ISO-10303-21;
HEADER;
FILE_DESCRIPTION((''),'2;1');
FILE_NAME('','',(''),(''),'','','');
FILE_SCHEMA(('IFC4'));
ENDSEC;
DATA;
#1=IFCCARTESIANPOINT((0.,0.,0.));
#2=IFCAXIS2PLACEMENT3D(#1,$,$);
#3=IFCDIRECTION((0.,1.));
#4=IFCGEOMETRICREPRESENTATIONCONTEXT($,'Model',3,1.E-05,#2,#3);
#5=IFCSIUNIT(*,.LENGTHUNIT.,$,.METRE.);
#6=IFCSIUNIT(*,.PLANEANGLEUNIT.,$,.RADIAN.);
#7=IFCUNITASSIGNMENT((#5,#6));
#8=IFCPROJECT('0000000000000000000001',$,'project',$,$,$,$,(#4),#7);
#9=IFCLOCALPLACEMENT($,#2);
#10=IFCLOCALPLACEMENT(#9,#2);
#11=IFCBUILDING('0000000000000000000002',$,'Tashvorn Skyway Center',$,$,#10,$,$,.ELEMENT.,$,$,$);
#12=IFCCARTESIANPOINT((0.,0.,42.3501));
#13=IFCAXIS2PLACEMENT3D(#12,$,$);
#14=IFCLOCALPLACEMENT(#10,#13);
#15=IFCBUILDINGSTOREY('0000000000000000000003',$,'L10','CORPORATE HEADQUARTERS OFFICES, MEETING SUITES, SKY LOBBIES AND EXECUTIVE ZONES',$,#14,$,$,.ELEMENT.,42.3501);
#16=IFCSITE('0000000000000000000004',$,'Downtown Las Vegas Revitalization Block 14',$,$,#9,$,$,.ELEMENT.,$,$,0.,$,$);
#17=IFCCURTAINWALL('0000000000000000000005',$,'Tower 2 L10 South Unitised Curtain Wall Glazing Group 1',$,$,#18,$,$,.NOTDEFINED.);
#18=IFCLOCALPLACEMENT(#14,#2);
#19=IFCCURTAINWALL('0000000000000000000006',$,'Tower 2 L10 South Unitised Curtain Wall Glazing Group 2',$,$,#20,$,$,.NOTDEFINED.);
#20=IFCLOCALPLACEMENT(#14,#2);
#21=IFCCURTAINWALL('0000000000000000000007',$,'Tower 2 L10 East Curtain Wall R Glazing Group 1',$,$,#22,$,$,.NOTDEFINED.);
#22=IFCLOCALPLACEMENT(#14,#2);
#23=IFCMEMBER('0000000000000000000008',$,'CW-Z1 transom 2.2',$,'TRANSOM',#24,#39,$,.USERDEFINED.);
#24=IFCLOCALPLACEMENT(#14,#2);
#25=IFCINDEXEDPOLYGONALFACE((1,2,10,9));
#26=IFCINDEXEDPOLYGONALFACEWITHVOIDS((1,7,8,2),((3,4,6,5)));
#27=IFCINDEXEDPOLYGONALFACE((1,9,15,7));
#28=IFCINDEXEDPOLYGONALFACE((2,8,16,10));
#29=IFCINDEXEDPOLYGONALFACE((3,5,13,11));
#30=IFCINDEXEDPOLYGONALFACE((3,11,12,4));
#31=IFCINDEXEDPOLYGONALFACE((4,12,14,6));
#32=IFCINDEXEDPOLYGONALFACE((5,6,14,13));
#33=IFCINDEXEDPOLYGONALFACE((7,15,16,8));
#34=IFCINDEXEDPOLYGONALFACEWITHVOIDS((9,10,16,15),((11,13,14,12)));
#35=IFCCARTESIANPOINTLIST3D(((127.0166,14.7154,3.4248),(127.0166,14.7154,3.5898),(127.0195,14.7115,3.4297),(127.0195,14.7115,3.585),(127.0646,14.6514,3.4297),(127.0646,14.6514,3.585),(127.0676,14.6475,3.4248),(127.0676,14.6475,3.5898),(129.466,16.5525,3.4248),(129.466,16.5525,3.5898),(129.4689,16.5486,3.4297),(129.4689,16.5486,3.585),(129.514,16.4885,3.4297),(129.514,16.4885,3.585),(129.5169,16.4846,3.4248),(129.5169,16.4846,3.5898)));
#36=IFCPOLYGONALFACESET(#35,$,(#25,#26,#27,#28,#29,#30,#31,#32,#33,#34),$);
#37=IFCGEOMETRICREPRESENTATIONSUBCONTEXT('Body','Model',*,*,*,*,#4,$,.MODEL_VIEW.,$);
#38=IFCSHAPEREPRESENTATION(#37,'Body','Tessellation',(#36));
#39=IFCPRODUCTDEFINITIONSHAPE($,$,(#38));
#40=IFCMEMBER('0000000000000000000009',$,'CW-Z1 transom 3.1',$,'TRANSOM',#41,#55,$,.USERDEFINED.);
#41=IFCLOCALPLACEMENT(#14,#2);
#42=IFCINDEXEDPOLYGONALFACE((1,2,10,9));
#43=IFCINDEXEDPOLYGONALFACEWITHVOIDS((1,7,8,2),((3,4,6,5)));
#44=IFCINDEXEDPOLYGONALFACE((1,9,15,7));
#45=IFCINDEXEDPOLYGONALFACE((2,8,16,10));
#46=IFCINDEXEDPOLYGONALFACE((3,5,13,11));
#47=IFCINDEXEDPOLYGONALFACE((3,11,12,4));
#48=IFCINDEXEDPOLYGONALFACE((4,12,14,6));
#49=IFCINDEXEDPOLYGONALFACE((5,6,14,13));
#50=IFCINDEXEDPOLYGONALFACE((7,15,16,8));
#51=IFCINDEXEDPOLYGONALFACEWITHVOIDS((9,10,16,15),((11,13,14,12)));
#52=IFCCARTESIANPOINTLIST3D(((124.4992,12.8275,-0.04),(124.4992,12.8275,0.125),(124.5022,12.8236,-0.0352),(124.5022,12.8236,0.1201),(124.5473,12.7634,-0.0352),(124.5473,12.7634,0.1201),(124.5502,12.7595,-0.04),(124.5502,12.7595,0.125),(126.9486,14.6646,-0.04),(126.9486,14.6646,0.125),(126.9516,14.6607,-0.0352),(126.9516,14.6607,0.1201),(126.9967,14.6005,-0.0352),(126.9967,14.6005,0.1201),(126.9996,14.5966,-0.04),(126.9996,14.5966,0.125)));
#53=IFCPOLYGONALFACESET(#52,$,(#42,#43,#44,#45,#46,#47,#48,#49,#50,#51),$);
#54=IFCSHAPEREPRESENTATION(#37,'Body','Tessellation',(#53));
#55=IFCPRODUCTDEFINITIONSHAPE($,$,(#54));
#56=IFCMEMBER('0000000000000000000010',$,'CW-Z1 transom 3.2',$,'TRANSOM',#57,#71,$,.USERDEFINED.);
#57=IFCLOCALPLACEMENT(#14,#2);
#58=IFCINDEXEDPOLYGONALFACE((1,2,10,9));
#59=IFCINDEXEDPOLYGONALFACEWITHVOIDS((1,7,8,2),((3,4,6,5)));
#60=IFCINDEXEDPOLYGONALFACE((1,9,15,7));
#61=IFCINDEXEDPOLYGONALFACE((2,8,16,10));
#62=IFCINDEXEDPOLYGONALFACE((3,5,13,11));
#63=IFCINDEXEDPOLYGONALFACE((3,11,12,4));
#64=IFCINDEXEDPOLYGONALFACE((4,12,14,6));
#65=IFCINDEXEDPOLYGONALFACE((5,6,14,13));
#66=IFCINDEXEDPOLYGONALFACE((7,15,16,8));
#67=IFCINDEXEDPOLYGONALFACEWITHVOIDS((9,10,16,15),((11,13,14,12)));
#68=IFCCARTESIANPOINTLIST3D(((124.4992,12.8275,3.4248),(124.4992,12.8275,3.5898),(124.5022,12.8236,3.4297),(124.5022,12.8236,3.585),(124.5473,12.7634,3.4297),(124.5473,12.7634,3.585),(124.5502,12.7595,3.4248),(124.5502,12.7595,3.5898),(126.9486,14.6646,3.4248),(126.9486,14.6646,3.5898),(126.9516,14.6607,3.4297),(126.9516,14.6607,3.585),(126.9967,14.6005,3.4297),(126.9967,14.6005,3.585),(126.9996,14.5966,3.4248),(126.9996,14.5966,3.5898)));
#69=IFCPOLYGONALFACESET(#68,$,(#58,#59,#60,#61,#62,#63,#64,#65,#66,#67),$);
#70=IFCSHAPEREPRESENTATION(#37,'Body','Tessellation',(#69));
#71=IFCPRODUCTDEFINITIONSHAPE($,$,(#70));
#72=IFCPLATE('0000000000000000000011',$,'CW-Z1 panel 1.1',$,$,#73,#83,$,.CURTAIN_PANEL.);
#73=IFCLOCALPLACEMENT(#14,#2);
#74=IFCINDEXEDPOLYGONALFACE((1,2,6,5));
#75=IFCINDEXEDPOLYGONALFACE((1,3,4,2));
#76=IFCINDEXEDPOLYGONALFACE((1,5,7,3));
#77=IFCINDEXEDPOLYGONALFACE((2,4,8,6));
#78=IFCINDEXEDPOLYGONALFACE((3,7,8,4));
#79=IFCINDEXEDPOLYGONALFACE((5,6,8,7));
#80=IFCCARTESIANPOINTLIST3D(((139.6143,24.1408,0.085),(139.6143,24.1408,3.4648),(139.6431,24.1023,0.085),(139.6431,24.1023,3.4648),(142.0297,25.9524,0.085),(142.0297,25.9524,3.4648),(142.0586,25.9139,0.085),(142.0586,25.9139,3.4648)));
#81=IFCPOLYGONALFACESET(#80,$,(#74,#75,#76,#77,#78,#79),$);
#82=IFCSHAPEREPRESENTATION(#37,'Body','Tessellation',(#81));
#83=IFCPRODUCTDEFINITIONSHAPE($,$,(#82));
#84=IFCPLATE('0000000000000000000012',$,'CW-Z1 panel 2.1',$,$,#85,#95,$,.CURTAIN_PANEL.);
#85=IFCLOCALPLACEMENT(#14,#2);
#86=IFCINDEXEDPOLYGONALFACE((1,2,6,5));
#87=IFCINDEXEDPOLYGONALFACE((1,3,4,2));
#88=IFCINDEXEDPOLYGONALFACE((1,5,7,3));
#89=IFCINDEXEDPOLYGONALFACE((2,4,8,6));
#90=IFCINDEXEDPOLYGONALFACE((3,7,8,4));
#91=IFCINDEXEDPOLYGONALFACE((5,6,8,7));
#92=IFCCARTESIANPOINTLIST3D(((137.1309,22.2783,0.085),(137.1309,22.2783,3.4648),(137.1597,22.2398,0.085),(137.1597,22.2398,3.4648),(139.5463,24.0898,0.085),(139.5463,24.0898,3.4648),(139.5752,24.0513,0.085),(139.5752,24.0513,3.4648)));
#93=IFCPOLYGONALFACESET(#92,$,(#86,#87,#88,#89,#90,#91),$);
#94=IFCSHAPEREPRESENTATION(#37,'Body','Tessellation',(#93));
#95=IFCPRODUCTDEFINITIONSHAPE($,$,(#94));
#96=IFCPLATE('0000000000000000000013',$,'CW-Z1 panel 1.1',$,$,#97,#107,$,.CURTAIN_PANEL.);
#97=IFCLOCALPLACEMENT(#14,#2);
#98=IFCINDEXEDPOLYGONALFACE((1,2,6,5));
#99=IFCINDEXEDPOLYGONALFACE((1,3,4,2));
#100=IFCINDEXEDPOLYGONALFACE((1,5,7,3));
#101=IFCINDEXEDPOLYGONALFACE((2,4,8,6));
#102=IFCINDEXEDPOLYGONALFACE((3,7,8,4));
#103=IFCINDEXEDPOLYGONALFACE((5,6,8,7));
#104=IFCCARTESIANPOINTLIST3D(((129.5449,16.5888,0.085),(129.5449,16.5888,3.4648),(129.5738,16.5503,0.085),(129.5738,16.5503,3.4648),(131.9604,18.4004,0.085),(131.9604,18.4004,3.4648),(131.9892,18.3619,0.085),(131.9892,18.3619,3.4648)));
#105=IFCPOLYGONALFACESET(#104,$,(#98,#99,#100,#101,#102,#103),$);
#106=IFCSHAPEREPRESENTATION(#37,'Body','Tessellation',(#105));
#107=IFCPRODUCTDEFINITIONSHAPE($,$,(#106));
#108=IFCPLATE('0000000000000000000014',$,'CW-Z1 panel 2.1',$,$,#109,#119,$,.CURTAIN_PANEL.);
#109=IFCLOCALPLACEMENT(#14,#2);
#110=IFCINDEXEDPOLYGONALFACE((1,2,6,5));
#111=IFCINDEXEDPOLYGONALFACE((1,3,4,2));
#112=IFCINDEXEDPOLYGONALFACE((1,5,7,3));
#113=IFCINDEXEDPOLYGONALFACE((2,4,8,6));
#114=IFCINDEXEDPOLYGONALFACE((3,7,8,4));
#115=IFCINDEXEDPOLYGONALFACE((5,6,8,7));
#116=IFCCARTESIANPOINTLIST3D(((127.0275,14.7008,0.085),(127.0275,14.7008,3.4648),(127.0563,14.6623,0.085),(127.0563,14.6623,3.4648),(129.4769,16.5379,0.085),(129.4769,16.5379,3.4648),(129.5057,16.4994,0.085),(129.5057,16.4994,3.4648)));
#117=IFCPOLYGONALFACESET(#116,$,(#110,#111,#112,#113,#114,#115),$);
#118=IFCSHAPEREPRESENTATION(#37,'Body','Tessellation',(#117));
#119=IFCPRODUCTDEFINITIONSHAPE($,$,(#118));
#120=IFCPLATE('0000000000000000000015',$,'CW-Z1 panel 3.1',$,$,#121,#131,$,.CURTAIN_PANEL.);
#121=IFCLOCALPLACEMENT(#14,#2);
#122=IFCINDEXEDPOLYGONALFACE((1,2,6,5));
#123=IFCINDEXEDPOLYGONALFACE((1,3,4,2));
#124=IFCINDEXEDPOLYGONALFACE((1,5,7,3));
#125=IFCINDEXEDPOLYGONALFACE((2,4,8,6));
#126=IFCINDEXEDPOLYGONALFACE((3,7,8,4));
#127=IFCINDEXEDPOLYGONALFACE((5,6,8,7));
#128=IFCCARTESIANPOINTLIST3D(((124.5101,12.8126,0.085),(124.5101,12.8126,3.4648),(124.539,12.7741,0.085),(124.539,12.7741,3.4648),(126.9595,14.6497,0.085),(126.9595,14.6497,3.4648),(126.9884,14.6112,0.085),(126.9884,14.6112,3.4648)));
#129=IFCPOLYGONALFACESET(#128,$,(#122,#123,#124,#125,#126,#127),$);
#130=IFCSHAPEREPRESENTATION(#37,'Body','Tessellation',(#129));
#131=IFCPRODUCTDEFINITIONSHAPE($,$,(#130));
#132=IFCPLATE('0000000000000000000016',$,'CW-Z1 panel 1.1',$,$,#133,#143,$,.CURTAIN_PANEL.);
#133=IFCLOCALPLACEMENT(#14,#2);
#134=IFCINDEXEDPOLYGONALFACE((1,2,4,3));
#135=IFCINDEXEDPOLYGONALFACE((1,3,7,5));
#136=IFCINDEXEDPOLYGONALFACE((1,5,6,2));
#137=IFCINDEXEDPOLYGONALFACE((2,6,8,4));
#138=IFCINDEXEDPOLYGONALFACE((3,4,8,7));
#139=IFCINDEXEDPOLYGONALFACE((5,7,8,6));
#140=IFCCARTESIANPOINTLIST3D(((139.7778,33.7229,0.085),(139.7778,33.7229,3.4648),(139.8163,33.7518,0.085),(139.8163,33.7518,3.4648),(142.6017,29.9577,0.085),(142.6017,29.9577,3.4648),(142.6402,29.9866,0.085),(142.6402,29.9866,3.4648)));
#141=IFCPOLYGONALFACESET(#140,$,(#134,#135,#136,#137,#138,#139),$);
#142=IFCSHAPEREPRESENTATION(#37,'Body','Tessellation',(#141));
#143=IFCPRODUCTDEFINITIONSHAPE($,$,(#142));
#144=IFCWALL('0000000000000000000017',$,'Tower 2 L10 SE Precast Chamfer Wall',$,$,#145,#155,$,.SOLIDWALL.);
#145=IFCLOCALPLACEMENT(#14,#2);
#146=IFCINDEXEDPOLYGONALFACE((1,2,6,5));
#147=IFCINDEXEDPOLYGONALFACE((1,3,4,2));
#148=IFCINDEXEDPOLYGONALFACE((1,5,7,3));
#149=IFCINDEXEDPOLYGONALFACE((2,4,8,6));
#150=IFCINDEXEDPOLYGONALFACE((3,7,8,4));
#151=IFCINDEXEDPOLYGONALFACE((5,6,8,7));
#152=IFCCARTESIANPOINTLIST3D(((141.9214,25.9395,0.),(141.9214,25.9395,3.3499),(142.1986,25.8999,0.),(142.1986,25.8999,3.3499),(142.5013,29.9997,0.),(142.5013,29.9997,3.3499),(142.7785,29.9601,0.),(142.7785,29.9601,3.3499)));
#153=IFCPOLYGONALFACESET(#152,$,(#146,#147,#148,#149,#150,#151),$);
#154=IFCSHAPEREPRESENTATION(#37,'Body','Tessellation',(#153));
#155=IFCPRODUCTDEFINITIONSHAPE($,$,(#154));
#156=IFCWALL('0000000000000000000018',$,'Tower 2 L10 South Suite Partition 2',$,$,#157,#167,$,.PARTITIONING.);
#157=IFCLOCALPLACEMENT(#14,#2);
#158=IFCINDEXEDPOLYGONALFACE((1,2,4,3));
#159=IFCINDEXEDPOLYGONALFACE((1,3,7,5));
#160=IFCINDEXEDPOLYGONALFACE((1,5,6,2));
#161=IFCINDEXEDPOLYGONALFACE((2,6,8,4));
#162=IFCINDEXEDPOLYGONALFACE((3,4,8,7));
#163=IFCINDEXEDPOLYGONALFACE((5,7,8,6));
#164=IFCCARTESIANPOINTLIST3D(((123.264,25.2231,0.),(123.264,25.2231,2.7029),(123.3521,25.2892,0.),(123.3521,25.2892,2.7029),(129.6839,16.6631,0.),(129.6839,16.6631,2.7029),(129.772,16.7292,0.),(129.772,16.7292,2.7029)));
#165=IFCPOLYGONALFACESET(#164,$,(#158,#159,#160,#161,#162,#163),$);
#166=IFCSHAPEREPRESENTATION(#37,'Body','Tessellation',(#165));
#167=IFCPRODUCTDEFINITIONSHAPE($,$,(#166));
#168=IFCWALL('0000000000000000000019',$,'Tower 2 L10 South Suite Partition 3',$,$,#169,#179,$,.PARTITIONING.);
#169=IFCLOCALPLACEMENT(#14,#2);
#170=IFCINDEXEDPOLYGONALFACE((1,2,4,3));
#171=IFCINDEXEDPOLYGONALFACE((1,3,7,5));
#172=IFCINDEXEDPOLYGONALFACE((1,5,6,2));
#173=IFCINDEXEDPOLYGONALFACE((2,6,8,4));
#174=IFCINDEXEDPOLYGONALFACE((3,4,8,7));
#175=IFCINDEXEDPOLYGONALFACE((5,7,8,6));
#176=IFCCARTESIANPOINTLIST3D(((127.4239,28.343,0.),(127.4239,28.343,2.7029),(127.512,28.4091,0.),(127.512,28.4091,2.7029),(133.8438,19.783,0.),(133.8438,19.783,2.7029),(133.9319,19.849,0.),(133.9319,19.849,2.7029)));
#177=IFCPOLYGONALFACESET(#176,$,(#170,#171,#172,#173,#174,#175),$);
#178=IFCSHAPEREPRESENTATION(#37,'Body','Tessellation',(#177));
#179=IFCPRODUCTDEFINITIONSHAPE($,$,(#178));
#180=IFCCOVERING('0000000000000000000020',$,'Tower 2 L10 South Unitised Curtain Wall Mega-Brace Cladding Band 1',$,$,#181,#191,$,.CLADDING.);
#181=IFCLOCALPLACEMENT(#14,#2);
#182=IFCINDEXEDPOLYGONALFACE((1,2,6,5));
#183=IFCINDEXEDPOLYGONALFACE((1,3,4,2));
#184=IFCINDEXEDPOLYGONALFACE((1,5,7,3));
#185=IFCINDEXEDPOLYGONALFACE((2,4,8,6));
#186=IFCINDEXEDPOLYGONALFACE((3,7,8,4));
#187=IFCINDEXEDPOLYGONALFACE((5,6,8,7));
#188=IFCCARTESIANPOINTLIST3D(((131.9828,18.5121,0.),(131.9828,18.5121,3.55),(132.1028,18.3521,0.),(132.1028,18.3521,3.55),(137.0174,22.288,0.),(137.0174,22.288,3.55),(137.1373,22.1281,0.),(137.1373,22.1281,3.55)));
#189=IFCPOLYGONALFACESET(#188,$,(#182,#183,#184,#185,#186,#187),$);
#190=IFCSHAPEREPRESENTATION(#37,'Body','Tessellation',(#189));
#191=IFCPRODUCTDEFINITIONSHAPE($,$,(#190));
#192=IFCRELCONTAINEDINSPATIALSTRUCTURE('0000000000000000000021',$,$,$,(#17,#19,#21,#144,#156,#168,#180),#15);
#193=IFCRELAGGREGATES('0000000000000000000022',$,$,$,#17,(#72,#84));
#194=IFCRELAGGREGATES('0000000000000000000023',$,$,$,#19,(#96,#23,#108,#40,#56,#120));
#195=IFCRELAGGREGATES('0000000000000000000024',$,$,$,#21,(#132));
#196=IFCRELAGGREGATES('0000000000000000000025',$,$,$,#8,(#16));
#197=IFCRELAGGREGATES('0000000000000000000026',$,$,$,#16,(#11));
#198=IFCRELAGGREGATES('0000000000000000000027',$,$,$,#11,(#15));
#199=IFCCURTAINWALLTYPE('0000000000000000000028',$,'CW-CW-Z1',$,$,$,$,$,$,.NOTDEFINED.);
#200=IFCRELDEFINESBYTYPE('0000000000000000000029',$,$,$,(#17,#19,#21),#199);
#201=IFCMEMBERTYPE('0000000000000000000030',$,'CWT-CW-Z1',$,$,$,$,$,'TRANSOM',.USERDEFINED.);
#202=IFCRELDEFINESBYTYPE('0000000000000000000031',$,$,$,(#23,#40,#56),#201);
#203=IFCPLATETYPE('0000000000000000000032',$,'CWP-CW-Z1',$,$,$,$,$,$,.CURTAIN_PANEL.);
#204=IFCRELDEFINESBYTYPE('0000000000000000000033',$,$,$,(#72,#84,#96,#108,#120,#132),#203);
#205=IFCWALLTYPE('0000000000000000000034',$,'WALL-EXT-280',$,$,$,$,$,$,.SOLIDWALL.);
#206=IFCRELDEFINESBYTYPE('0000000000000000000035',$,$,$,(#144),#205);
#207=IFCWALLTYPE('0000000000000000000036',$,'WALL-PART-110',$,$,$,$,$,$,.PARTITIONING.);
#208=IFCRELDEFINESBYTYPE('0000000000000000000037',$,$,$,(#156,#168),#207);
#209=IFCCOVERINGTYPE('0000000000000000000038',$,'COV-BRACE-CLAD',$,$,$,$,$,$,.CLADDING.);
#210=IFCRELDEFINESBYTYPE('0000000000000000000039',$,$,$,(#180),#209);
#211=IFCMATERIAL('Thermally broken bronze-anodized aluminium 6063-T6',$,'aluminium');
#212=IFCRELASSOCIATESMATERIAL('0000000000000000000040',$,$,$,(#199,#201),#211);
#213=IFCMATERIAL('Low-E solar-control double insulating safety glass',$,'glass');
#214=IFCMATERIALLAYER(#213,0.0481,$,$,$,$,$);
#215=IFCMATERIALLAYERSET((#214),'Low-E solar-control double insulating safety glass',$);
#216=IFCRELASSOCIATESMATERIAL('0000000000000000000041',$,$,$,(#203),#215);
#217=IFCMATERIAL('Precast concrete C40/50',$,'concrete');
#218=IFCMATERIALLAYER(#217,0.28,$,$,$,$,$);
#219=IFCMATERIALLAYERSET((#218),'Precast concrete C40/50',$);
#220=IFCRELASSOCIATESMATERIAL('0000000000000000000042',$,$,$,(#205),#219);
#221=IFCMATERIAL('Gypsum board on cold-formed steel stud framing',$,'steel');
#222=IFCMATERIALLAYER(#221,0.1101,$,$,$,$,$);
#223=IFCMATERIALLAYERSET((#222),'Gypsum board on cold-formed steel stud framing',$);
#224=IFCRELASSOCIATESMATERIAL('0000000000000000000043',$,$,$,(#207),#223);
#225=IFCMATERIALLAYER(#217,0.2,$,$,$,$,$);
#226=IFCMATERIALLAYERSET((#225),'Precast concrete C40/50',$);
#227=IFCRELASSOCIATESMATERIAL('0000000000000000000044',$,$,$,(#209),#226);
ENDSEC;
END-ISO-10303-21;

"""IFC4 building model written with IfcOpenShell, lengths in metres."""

from ifc_helpers import new_model, si_unit, direction, frame, frame_2d, origin, origin_2d, place, context, subcontext, project, spatial, rectangle, hollow_rectangle, extrude, material, layer, layer_set, material_profile, profile_set, type_object, element, aggregate, save


model = new_model("IFC4")

# Units and contexts
model_context = context("Model", 3, precision=1e-05, world=origin(), true_north=direction((0.0, 1.0)))
body_context = subcontext(model_context, "Body", "Model", "MODEL_VIEW")
ifc_project = project(units=[si_unit("LENGTHUNIT", "METRE"), si_unit("PLANEANGLEUNIT", "RADIAN")], contexts=[model_context])

# Site, building, storey
site_placement = place(None, origin())
site = spatial("IfcSite", under=ifc_project, at=site_placement, Name="Downtown Las Vegas Revitalization Block 14", CompositionType="ELEMENT", RefElevation=0.0)
building_placement = place(site_placement, origin())
building = spatial("IfcBuilding", under=site, at=building_placement, Name="Tashvorn Skyway Center", CompositionType="ELEMENT")
storey_placement = place(building_placement, frame((0.0, 0.0, 42.3501)))
storey = spatial("IfcBuildingStorey", under=building, at=storey_placement, Name="L10", Description="CORPORATE HEADQUARTERS OFFICES, MEETING SUITES, SKY LOBBIES AND EXECUTIVE ZONES", CompositionType="ELEMENT", Elevation=42.3501)

# Curtain walls
ifc_material_1 = material(Name="Thermally broken bronze-anodized aluminium 6063-T6", Category="aluminium")
curtain_wall_type = type_object("IfcCurtainWallType", Name="CW-CW-Z1", PredefinedType="NOTDEFINED", material=ifc_material_1)
curtain_wall_1_placement = place(storey_placement, origin())
curtain_wall_1 = element("IfcCurtainWall", 1, at=curtain_wall_1_placement, inside=storey, type_object=curtain_wall_type, Name="Tower 2 L10 South Unitised Curtain Wall Glazing Group 1", PredefinedType="NOTDEFINED")
curtain_wall_2_placement = place(storey_placement, origin())
curtain_wall_2 = element("IfcCurtainWall", 2, at=curtain_wall_2_placement, inside=storey, type_object=curtain_wall_type, Name="Tower 2 L10 South Unitised Curtain Wall Glazing Group 2", PredefinedType="NOTDEFINED")

# Curtain wall
curtain_wall_3_placement = place(storey_placement, origin())
curtain_wall_3 = element("IfcCurtainWall", 3, at=curtain_wall_3_placement, inside=storey, type_object=curtain_wall_type, Name="Tower 2 L10 East Curtain Wall R Glazing Group 1", PredefinedType="NOTDEFINED")

# Members
ifc_material_profile_1 = material_profile(ifc_material_1, hollow_rectangle(XDim=0.085, YDim=0.165, WallThickness=0.0049, at=origin_2d()), Name="ALU-TRAN-85x165")
ifc_profile_set_1 = profile_set([ifc_material_profile_1], Name="Thermally broken bronze-anodized aluminium 6063-T6")
member_type_1 = type_object("IfcMemberType", Name="CWT-CW-Z1", ElementType="TRANSOM", PredefinedType="USERDEFINED", material=ifc_profile_set_1)
member_1_placement = place(storey_placement, frame((129.4915, 16.5186, 3.5073), z_axis=(-0.79999, -0.600013, 0.0), x_axis=(0.600013, -0.79999, 0.0)))
member_1 = element("IfcMember", 4, at=member_1_placement, type_object=member_type_1, Name="CW-Z1 transom 2.2", ObjectType="TRANSOM", PredefinedType="USERDEFINED", context=body_context, shape_type="SweptSolid", body=[
    extrude(hollow_rectangle(XDim=0.085, YDim=0.165, WallThickness=0.0049, at=origin_2d()), origin(), (0.0, 0.0, 1.0), 3.0618),
])
member_2_placement = place(storey_placement, frame((126.9741, 14.6306, 0.0425), z_axis=(-0.79999, -0.600013, 0.0), x_axis=(0.600013, -0.79999, 0.0)))
member_2 = element("IfcMember", 5, at=member_2_placement, type_object=member_type_1, Name="CW-Z1 transom 3.1", ObjectType="TRANSOM", PredefinedType="USERDEFINED", context=body_context, shape_type="SweptSolid", body=[
    extrude(hollow_rectangle(XDim=0.085, YDim=0.165, WallThickness=0.0049, at=origin_2d()), origin(), (0.0, 0.0, 1.0), 3.0618),
])
member_3_placement = place(storey_placement, frame((126.9741, 14.6306, 3.5073), z_axis=(-0.79999, -0.600013, 0.0), x_axis=(0.600013, -0.79999, 0.0)))
member_3 = element("IfcMember", 6, at=member_3_placement, type_object=member_type_1, Name="CW-Z1 transom 3.2", ObjectType="TRANSOM", PredefinedType="USERDEFINED", context=body_context, shape_type="SweptSolid", body=[
    extrude(hollow_rectangle(XDim=0.085, YDim=0.165, WallThickness=0.0049, at=origin_2d()), origin(), (0.0, 0.0, 1.0), 3.0618),
])

# Plates
ifc_material_2 = material(Name="Low-E solar-control double insulating safety glass", Category="glass")
ifc_layer_1 = layer(ifc_material_2, 0.0481)
ifc_layer_set_1 = layer_set([ifc_layer_1], Name="Low-E solar-control double insulating safety glass")
plate_type = type_object("IfcPlateType", Name="CWP-CW-Z1", PredefinedType="CURTAIN_PANEL", material=ifc_layer_set_1)
plate_1_placement = place(storey_placement, frame((140.8364, 25.0273, 0.085), z_axis=(0.0, 0.0, 1.0), x_axis=(-0.800002, -0.599997, 0.0)))
plate_1 = element("IfcPlate", 7, at=plate_1_placement, type_object=plate_type, Name="CW-Z1 panel 1.1", PredefinedType="CURTAIN_PANEL", context=body_context, shape_type="SweptSolid", body=[
    extrude(rectangle(XDim=3.0193, YDim=0.0481, at=origin_2d()), origin(), (0.0, 0.0, 1.0), 3.3799),
])
plate_2_placement = place(storey_placement, frame((138.353, 23.1648, 0.085), z_axis=(0.0, 0.0, 1.0), x_axis=(-0.800002, -0.599997, 0.0)))
plate_2 = element("IfcPlate", 8, at=plate_2_placement, type_object=plate_type, Name="CW-Z1 panel 2.1", PredefinedType="CURTAIN_PANEL", context=body_context, shape_type="SweptSolid", body=[
    extrude(rectangle(XDim=3.0193, YDim=0.0481, at=origin_2d()), origin(), (0.0, 0.0, 1.0), 3.3799),
])
aggregate(curtain_wall_1, [plate_1, plate_2])
plate_3_placement = place(storey_placement, frame((130.7671, 17.4753, 0.085), z_axis=(0.0, 0.0, 1.0), x_axis=(-0.800002, -0.599997, 0.0)))
plate_3 = element("IfcPlate", 9, at=plate_3_placement, type_object=plate_type, Name="CW-Z1 panel 1.1", PredefinedType="CURTAIN_PANEL", context=body_context, shape_type="SweptSolid", body=[
    extrude(rectangle(XDim=3.0193, YDim=0.0481, at=origin_2d()), origin(), (0.0, 0.0, 1.0), 3.3799),
])
plate_4_placement = place(storey_placement, frame((128.2666, 15.6001, 0.085), z_axis=(0.0, 0.0, 1.0), x_axis=(-0.800002, -0.599997, 0.0)))
plate_4 = element("IfcPlate", 10, at=plate_4_placement, type_object=plate_type, Name="CW-Z1 panel 2.1", PredefinedType="CURTAIN_PANEL", context=body_context, shape_type="SweptSolid", body=[
    extrude(rectangle(XDim=3.0618, YDim=0.0481, at=origin_2d()), origin(), (0.0, 0.0, 1.0), 3.3799),
])
plate_5_placement = place(storey_placement, frame((125.7493, 13.7119, 0.085), z_axis=(0.0, 0.0, 1.0), x_axis=(-0.800002, -0.599997, 0.0)))
plate_5 = element("IfcPlate", 11, at=plate_5_placement, type_object=plate_type, Name="CW-Z1 panel 3.1", PredefinedType="CURTAIN_PANEL", context=body_context, shape_type="SweptSolid", body=[
    extrude(rectangle(XDim=3.0618, YDim=0.0481, at=origin_2d()), origin(), (0.0, 0.0, 1.0), 3.3799),
])
aggregate(curtain_wall_2, [plate_3, member_1, plate_4, member_2, member_3, plate_5])
plate_6_placement = place(storey_placement, frame((141.209, 31.8547, 0.085), z_axis=(0.0, 0.0, 1.0), x_axis=(0.600003, -0.799998, 0.0)))
plate_6 = element("IfcPlate", 12, at=plate_6_placement, type_object=plate_type, Name="CW-Z1 panel 1.1", PredefinedType="CURTAIN_PANEL", context=body_context, shape_type="SweptSolid", body=[
    extrude(rectangle(XDim=4.7065, YDim=0.0481, at=origin_2d()), origin(), (0.0, 0.0, 1.0), 3.3799),
])
aggregate(curtain_wall_3, [plate_6])

# Walls
ifc_material_3 = material(Name="Precast concrete C40/50", Category="concrete")
ifc_layer_2 = layer(ifc_material_3, 0.28)
ifc_layer_set_2 = layer_set([ifc_layer_2], Name="Precast concrete C40/50")
wall_type_1 = type_object("IfcWallType", Name="WALL-EXT-280", PredefinedType="SOLIDWALL", material=ifc_layer_set_2)
wall_placement = place(storey_placement, frame((142.6399, 29.98, 0.0), z_axis=(0.0, 0.0, 1.0), x_axis=(-0.14138, -0.989955, 0.0)))
element("IfcWall", 13, at=wall_placement, inside=storey, type_object=wall_type_1, Name="Tower 2 L10 SE Precast Chamfer Wall", PredefinedType="SOLIDWALL", context=body_context, shape_type="SweptSolid", body=[
    extrude(rectangle(XDim=4.1013, YDim=0.28, at=frame_2d((2.0508, 0.0))), origin(), (0.0, 0.0, 1.0), 3.3499),
])
ifc_material_4 = material(Name="Gypsum board on cold-formed steel stud framing", Category="steel")
ifc_layer_3 = layer(ifc_material_4, 0.1101)
ifc_layer_set_3 = layer_set([ifc_layer_3], Name="Gypsum board on cold-formed steel stud framing")
wall_type_2 = type_object("IfcWallType", Name="WALL-PART-110", PredefinedType="PARTITIONING", material=ifc_layer_set_3)
for number, where, z_axis, x_axis, name in (
    (14, (129.728, 16.696, 0.0), (0.0, 0.0, 1.0), (-0.599993, 0.800005, 0.0), "Tower 2 L10 South Suite Partition 2"),
    (15, (133.8879, 19.8159, 0.0), (0.0, 0.0, 1.0), (-0.599993, 0.800005, 0.0), "Tower 2 L10 South Suite Partition 3"),
):
    element("IfcWall", number, at=place(storey_placement, frame(where, z_axis=z_axis, x_axis=x_axis)), inside=storey, type_object=wall_type_2, Name=name, PredefinedType="PARTITIONING", context=body_context, shape_type="SweptSolid", body=[
        extrude(rectangle(XDim=10.7, YDim=0.1101, at=frame_2d((5.3501, 0.0))), origin(), (0.0, 0.0, 1.0), 2.7029),
    ])

# Covering
ifc_layer_4 = layer(ifc_material_3, 0.2)
ifc_layer_set_4 = layer_set([ifc_layer_4], Name="Precast concrete C40/50")
covering_type_1 = type_object("IfcCoveringType", Name="COV-BRACE-CLAD", PredefinedType="CLADDING", material=ifc_layer_set_4)
covering_1_placement = place(storey_placement, frame((134.5601, 20.3201, 0.0), z_axis=(0.0, 0.0, 1.0), x_axis=(-0.8, -0.6, 0.0)))
element("IfcCovering", 16, at=covering_1_placement, inside=storey, type_object=covering_type_1, Name="Tower 2 L10 South Unitised Curtain Wall Mega-Brace Cladding Band 1", PredefinedType="CLADDING", context=body_context, shape_type="SweptSolid", body=[
    extrude(rectangle(XDim=6.2932, YDim=0.2, at=origin_2d()), origin(), (0.0, 0.0, 1.0), 3.55),
])

save(model, "model.ifc")
